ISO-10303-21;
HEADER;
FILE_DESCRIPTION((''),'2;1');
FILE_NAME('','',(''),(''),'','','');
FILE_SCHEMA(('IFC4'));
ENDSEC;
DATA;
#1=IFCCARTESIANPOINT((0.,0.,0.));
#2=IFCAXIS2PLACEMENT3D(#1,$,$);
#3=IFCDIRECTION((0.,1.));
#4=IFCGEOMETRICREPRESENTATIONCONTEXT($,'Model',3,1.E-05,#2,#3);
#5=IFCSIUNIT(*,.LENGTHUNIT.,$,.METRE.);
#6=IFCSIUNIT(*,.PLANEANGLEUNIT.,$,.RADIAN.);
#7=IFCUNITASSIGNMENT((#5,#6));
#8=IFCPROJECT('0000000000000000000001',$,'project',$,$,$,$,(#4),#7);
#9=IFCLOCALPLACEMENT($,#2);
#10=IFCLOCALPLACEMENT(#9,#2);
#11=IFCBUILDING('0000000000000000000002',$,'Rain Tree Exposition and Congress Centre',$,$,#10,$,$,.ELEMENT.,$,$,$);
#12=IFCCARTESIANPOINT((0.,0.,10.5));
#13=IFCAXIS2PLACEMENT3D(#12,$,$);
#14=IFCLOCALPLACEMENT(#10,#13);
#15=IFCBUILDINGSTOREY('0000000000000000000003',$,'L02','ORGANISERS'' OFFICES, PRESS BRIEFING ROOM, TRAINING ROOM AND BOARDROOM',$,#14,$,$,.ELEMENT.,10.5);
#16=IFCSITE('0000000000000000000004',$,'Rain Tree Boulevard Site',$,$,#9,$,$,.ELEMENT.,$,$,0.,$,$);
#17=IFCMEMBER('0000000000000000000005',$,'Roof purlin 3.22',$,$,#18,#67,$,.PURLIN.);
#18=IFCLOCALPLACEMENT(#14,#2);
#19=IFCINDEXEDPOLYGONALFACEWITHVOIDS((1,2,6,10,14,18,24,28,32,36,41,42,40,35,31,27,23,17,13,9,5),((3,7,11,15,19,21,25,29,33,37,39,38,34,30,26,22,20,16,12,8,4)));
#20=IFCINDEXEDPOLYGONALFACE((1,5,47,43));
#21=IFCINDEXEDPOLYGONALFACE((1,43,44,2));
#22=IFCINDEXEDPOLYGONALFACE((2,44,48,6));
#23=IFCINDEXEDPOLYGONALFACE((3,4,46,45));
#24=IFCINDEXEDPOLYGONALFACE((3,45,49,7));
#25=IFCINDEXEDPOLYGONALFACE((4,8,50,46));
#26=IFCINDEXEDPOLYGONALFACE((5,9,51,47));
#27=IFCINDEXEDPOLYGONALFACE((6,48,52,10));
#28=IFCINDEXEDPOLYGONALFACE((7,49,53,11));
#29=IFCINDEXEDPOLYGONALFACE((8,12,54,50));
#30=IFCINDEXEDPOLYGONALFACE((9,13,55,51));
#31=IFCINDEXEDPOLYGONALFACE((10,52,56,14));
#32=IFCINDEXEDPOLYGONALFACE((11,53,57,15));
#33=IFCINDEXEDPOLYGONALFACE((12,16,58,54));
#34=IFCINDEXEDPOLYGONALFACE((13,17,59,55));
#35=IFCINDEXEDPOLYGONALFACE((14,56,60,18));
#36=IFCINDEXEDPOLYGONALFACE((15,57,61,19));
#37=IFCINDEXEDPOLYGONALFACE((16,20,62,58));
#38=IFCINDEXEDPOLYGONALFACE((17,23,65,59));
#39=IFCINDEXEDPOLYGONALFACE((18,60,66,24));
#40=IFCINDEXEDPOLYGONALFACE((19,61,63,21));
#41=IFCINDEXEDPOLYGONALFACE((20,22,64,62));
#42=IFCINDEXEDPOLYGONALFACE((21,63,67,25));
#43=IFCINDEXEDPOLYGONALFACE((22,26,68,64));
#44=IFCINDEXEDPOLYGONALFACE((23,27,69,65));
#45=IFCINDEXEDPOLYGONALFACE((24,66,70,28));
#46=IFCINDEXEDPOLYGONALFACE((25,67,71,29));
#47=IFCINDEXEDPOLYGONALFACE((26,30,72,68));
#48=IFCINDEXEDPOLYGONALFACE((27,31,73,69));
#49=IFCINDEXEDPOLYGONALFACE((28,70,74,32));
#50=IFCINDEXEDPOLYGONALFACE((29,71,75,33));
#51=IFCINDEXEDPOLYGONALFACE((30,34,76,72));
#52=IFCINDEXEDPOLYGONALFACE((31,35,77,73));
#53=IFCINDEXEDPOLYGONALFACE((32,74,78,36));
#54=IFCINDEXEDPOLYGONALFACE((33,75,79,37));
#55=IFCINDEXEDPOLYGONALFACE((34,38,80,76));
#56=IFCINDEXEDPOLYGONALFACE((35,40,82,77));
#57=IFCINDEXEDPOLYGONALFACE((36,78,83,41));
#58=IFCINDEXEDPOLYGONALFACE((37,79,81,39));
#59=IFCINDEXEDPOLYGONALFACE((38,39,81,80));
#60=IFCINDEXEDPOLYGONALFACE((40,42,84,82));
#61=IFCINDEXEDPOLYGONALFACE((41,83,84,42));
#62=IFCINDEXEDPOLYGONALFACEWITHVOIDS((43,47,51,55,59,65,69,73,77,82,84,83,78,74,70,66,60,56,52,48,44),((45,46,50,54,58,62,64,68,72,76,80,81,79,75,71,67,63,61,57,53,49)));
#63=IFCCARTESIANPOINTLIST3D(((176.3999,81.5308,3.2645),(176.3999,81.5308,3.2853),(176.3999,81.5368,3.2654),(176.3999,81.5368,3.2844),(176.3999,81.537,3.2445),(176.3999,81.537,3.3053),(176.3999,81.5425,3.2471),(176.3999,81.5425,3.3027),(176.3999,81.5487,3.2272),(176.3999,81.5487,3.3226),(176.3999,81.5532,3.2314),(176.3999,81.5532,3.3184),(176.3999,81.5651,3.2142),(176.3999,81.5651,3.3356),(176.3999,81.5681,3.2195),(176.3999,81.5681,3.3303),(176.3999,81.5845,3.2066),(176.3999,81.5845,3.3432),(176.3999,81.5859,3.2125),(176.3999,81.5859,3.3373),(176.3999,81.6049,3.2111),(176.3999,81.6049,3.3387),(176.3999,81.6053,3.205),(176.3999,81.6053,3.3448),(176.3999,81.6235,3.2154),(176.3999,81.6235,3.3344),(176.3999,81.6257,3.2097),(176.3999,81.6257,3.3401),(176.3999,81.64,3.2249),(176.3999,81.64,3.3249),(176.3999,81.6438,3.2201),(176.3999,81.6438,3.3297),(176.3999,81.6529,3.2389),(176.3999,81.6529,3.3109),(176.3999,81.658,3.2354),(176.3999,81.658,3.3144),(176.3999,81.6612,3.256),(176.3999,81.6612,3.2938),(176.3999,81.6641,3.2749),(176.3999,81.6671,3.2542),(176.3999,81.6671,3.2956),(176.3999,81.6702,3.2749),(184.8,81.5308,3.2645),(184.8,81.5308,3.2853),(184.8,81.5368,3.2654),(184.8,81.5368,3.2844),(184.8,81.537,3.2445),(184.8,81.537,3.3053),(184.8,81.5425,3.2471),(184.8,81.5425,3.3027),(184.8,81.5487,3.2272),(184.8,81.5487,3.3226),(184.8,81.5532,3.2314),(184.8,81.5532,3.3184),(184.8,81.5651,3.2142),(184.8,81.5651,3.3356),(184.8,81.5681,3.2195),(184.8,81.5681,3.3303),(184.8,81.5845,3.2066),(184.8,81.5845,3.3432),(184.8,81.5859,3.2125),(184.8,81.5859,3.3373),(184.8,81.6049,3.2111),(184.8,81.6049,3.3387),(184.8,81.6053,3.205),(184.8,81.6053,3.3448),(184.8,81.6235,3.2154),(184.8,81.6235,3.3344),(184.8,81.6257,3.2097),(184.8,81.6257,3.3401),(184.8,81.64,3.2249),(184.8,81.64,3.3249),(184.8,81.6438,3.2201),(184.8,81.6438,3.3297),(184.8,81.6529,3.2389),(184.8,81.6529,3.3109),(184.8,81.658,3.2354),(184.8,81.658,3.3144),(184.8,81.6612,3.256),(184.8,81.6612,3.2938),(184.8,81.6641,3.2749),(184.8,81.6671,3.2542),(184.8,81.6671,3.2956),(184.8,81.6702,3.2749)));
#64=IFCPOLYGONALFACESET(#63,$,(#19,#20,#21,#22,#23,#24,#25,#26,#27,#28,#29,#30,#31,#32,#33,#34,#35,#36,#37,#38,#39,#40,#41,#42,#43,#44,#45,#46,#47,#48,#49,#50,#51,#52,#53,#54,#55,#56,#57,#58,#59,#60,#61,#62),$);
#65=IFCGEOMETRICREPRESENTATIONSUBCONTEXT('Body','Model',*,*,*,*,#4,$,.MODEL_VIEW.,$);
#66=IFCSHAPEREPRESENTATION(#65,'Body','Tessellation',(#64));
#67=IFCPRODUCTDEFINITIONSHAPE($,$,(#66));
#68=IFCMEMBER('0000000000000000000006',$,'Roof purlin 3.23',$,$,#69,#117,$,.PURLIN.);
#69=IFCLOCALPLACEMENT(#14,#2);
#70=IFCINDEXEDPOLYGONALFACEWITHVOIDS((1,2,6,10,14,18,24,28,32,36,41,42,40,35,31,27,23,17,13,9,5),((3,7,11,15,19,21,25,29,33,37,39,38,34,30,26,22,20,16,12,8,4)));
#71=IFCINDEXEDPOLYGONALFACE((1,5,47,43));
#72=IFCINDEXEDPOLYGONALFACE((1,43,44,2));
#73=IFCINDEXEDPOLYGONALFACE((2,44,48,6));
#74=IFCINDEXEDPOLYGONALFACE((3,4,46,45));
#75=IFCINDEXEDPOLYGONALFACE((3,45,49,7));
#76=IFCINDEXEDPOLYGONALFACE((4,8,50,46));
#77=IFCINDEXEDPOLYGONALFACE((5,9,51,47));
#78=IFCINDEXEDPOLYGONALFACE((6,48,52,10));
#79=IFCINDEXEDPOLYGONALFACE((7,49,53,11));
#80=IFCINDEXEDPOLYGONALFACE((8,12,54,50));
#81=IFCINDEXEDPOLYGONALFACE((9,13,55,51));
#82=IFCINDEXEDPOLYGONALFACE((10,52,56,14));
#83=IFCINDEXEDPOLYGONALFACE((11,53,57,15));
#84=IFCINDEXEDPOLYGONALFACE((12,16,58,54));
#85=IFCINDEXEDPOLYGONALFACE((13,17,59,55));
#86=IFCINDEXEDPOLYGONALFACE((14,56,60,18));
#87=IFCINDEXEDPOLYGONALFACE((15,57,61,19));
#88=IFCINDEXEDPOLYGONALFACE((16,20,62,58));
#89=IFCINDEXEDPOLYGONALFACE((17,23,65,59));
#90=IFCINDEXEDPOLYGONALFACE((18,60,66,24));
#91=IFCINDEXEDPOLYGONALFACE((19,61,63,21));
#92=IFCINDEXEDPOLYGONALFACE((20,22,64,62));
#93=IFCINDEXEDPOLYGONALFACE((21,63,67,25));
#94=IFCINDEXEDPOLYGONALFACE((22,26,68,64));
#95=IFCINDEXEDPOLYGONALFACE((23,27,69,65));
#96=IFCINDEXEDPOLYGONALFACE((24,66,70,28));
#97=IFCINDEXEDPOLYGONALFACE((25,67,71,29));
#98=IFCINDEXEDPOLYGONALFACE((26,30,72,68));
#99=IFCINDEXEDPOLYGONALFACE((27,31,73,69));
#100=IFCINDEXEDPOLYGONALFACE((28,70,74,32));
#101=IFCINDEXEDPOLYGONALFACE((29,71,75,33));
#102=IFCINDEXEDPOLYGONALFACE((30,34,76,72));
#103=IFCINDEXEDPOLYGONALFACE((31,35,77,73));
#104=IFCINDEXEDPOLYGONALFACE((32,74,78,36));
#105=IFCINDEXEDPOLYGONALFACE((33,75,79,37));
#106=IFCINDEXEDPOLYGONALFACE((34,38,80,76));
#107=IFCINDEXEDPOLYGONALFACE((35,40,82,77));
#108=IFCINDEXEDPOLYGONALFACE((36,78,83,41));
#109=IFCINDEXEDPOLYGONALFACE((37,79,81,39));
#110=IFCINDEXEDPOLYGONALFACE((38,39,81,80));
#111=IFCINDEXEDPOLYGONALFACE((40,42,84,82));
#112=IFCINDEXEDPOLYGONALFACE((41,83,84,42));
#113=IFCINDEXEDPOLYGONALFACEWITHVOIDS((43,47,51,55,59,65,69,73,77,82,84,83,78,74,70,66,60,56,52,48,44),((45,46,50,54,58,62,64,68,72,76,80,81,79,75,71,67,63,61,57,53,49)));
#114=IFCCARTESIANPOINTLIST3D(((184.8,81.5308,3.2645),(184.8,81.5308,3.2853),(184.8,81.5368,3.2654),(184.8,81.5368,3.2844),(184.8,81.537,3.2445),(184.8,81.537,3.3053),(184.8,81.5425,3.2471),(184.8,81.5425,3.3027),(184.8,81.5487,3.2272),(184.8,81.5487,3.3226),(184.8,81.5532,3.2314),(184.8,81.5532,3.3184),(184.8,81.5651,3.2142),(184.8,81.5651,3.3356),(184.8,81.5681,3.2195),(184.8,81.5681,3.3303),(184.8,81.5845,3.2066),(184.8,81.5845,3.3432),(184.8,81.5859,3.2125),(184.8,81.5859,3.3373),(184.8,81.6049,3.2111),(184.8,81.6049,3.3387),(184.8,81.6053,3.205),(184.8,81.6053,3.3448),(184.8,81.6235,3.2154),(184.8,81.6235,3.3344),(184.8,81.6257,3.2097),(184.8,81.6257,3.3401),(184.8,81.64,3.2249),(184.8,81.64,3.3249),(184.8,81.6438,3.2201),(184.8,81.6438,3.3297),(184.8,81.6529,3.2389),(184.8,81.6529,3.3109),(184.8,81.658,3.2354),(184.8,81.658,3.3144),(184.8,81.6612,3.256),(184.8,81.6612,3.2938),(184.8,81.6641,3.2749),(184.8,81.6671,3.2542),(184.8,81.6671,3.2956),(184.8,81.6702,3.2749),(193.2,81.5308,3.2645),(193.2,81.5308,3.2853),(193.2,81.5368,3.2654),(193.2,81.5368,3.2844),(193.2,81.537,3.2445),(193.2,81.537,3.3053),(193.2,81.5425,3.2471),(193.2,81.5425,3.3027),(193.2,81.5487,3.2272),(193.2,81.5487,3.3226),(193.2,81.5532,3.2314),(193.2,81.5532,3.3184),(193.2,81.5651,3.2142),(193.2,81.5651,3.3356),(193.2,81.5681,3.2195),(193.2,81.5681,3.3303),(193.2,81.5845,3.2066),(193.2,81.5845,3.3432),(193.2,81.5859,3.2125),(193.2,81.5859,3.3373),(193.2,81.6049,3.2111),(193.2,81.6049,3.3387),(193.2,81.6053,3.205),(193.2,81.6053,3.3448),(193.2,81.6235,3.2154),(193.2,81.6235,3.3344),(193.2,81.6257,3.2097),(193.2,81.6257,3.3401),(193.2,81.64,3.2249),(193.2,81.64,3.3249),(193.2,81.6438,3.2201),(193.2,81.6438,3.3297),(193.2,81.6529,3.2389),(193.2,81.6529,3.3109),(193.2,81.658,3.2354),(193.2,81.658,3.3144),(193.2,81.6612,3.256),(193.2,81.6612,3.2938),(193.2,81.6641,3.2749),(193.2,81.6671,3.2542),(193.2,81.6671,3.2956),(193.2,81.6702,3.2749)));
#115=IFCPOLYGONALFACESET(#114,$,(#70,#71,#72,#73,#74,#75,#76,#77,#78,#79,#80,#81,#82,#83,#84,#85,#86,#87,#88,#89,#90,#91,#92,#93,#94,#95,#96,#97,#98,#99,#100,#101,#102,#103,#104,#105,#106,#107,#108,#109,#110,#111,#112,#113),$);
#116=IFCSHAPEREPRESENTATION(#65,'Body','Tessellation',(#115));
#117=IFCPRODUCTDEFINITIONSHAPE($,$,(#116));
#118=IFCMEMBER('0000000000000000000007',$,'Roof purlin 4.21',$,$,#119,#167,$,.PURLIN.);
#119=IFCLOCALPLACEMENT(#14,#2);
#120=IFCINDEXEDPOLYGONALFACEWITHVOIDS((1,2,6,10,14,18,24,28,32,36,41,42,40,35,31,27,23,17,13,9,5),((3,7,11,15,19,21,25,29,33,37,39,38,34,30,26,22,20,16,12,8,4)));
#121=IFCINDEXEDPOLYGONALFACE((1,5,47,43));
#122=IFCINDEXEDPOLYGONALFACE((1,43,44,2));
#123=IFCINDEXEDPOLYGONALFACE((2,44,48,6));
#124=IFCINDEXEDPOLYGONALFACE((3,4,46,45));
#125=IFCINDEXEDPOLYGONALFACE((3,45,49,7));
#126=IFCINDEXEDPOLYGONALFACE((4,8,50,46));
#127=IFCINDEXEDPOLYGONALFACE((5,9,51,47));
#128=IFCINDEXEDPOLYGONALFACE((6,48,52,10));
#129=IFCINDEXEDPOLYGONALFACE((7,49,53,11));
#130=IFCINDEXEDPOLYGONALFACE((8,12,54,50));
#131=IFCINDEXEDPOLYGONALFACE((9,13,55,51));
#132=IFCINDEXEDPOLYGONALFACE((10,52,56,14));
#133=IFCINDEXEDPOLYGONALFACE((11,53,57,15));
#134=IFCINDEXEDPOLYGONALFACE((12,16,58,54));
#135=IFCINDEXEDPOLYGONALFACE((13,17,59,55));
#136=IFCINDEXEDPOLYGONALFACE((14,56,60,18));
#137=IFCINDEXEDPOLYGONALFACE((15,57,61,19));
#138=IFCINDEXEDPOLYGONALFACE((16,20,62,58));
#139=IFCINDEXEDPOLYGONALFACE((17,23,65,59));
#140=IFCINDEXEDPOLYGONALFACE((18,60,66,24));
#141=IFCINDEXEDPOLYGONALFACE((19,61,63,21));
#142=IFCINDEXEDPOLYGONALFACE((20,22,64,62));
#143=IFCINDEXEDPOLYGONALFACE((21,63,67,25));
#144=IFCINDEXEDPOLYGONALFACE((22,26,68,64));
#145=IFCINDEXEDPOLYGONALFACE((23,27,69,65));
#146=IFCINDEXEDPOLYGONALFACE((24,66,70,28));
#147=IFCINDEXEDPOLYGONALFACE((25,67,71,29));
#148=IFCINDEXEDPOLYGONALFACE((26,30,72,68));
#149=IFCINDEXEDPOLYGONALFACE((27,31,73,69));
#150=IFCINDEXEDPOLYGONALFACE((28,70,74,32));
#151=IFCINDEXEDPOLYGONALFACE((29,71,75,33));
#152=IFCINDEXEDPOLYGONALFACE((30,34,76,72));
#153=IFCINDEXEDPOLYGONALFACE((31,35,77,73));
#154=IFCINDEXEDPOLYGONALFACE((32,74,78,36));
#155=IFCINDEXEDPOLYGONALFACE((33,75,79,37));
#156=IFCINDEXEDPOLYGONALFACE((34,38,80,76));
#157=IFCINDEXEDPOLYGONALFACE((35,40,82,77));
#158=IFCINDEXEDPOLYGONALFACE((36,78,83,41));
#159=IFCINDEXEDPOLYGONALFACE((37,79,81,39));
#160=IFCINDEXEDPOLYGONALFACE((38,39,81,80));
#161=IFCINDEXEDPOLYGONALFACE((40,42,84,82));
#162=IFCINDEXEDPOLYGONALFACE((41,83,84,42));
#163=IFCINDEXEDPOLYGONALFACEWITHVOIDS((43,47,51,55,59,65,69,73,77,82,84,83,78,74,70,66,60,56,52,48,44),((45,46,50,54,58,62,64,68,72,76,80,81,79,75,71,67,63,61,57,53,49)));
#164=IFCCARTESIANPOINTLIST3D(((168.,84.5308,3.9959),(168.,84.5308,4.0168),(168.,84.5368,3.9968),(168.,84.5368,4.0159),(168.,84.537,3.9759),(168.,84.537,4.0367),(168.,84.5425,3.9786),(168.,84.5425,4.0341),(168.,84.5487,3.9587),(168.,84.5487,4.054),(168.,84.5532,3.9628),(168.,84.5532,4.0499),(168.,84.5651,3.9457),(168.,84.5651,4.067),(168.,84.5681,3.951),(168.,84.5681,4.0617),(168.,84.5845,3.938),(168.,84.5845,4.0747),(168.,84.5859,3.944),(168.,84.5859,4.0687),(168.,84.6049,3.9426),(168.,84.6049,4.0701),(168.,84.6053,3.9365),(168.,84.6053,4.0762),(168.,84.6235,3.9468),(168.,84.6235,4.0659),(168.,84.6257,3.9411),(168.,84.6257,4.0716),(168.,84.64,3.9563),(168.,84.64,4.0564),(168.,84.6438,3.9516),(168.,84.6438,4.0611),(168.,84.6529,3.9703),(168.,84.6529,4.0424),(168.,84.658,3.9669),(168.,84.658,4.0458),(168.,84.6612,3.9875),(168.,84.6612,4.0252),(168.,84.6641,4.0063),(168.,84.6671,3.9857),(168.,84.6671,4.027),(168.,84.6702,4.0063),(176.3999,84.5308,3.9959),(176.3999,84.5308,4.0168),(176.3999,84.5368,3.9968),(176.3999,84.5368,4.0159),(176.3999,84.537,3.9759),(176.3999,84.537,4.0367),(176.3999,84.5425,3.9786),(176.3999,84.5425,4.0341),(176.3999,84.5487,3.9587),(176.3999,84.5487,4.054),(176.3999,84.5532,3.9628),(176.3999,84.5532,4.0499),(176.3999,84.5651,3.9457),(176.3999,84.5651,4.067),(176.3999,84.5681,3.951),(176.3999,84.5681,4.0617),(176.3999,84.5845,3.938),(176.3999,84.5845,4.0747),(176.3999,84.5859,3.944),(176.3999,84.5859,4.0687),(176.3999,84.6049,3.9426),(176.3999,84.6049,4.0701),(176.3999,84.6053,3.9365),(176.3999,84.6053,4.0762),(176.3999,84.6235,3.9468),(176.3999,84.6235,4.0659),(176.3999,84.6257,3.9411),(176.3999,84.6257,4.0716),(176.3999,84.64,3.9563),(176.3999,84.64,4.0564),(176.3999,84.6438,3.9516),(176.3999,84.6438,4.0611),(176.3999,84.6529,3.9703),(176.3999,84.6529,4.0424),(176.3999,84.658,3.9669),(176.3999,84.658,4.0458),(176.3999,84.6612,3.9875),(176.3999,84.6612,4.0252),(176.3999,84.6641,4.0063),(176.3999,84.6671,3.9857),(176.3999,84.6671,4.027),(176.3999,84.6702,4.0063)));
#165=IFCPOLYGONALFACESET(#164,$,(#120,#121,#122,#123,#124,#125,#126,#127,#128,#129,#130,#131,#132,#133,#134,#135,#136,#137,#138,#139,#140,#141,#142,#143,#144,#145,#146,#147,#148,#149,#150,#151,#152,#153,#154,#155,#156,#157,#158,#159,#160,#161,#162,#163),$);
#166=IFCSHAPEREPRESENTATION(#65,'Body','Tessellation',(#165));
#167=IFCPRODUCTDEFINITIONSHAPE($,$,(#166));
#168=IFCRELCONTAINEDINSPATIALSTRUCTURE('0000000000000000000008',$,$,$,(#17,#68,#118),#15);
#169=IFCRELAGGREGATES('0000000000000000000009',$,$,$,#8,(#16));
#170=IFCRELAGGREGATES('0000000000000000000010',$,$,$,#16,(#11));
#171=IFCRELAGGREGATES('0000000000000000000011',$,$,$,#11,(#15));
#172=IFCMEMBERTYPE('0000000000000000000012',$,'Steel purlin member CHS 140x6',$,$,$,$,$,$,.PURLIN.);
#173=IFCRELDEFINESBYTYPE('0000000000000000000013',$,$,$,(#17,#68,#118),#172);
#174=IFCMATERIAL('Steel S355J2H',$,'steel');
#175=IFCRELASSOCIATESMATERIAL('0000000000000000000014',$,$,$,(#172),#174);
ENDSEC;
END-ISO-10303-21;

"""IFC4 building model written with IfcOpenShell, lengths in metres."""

from ifc_helpers import new_model, si_unit, direction, frame, origin, origin_2d, place, context, subcontext, project, spatial, hollow_circle, extrude, material, material_profile, profile_set, type_object, element, save


model = new_model("IFC4")

# Units and contexts
model_context = context("Model", 3, precision=1e-05, world=origin(), true_north=direction((0.0, 1.0)))
body_context = subcontext(model_context, "Body", "Model", "MODEL_VIEW")
ifc_project = project(units=[si_unit("LENGTHUNIT", "METRE"), si_unit("PLANEANGLEUNIT", "RADIAN")], contexts=[model_context])

# Site, building, storey
site_placement = place(None, origin())
site = spatial("IfcSite", under=ifc_project, at=site_placement, Name="Rain Tree Boulevard Site", CompositionType="ELEMENT", RefElevation=0.0)
building_placement = place(site_placement, origin())
building = spatial("IfcBuilding", under=site, at=building_placement, Name="Rain Tree Exposition and Congress Centre", CompositionType="ELEMENT")
storey_placement = place(building_placement, frame((0.0, 0.0, 10.5)))
storey = spatial("IfcBuildingStorey", under=building, at=storey_placement, Name="L02", Description="ORGANISERS' OFFICES, PRESS BRIEFING ROOM, TRAINING ROOM AND BOARDROOM", CompositionType="ELEMENT", Elevation=10.5)

# Members
ifc_material_1 = material(Name="Steel S355J2H", Category="steel")
ifc_material_profile_1 = material_profile(ifc_material_1, hollow_circle(Radius=0.0701, WallThickness=0.0061, at=origin_2d()), Name="CHS 140x6")
ifc_profile_set_1 = profile_set([ifc_material_profile_1], Name="Steel S355J2H")
member_type_1 = type_object("IfcMemberType", Name="Steel purlin member CHS 140x6", PredefinedType="PURLIN", material=ifc_profile_set_1)
member_1_placement = place(storey_placement, frame((176.3999, 81.6001, 3.2749), z_axis=(1.0, 0.0, 0.0), x_axis=(0.0, 1.0, 0.0)))
element("IfcMember", 1, at=member_1_placement, inside=storey, type_object=member_type_1, Name="Roof purlin 3.22", PredefinedType="PURLIN", context=body_context, shape_type="SweptSolid", body=[
    extrude(hollow_circle(Radius=0.0701, WallThickness=0.0061, at=origin_2d()), origin(), (0.0, 0.0, 1.0), 8.4001),
])
for number, where, z_axis, x_axis, name in (
    (2, (184.8, 81.6001, 3.2749), (1.0, 0.0, 0.0), (0.0, 1.0, 0.0), "Roof purlin 3.23"),
    (3, (168.0, 84.6001, 4.0063), (1.0, 0.0, 0.0), (0.0, 1.0, 0.0), "Roof purlin 4.21"),
):
    element("IfcMember", number, at=place(storey_placement, frame(where, z_axis=z_axis, x_axis=x_axis)), inside=storey, type_object=member_type_1, Name=name, PredefinedType="PURLIN", context=body_context, shape_type="SweptSolid", body=[
        extrude(hollow_circle(Radius=0.0701, WallThickness=0.0061, at=origin_2d()), origin(), (0.0, 0.0, 1.0), 8.3999),
    ])

save(model, "model.ifc")
